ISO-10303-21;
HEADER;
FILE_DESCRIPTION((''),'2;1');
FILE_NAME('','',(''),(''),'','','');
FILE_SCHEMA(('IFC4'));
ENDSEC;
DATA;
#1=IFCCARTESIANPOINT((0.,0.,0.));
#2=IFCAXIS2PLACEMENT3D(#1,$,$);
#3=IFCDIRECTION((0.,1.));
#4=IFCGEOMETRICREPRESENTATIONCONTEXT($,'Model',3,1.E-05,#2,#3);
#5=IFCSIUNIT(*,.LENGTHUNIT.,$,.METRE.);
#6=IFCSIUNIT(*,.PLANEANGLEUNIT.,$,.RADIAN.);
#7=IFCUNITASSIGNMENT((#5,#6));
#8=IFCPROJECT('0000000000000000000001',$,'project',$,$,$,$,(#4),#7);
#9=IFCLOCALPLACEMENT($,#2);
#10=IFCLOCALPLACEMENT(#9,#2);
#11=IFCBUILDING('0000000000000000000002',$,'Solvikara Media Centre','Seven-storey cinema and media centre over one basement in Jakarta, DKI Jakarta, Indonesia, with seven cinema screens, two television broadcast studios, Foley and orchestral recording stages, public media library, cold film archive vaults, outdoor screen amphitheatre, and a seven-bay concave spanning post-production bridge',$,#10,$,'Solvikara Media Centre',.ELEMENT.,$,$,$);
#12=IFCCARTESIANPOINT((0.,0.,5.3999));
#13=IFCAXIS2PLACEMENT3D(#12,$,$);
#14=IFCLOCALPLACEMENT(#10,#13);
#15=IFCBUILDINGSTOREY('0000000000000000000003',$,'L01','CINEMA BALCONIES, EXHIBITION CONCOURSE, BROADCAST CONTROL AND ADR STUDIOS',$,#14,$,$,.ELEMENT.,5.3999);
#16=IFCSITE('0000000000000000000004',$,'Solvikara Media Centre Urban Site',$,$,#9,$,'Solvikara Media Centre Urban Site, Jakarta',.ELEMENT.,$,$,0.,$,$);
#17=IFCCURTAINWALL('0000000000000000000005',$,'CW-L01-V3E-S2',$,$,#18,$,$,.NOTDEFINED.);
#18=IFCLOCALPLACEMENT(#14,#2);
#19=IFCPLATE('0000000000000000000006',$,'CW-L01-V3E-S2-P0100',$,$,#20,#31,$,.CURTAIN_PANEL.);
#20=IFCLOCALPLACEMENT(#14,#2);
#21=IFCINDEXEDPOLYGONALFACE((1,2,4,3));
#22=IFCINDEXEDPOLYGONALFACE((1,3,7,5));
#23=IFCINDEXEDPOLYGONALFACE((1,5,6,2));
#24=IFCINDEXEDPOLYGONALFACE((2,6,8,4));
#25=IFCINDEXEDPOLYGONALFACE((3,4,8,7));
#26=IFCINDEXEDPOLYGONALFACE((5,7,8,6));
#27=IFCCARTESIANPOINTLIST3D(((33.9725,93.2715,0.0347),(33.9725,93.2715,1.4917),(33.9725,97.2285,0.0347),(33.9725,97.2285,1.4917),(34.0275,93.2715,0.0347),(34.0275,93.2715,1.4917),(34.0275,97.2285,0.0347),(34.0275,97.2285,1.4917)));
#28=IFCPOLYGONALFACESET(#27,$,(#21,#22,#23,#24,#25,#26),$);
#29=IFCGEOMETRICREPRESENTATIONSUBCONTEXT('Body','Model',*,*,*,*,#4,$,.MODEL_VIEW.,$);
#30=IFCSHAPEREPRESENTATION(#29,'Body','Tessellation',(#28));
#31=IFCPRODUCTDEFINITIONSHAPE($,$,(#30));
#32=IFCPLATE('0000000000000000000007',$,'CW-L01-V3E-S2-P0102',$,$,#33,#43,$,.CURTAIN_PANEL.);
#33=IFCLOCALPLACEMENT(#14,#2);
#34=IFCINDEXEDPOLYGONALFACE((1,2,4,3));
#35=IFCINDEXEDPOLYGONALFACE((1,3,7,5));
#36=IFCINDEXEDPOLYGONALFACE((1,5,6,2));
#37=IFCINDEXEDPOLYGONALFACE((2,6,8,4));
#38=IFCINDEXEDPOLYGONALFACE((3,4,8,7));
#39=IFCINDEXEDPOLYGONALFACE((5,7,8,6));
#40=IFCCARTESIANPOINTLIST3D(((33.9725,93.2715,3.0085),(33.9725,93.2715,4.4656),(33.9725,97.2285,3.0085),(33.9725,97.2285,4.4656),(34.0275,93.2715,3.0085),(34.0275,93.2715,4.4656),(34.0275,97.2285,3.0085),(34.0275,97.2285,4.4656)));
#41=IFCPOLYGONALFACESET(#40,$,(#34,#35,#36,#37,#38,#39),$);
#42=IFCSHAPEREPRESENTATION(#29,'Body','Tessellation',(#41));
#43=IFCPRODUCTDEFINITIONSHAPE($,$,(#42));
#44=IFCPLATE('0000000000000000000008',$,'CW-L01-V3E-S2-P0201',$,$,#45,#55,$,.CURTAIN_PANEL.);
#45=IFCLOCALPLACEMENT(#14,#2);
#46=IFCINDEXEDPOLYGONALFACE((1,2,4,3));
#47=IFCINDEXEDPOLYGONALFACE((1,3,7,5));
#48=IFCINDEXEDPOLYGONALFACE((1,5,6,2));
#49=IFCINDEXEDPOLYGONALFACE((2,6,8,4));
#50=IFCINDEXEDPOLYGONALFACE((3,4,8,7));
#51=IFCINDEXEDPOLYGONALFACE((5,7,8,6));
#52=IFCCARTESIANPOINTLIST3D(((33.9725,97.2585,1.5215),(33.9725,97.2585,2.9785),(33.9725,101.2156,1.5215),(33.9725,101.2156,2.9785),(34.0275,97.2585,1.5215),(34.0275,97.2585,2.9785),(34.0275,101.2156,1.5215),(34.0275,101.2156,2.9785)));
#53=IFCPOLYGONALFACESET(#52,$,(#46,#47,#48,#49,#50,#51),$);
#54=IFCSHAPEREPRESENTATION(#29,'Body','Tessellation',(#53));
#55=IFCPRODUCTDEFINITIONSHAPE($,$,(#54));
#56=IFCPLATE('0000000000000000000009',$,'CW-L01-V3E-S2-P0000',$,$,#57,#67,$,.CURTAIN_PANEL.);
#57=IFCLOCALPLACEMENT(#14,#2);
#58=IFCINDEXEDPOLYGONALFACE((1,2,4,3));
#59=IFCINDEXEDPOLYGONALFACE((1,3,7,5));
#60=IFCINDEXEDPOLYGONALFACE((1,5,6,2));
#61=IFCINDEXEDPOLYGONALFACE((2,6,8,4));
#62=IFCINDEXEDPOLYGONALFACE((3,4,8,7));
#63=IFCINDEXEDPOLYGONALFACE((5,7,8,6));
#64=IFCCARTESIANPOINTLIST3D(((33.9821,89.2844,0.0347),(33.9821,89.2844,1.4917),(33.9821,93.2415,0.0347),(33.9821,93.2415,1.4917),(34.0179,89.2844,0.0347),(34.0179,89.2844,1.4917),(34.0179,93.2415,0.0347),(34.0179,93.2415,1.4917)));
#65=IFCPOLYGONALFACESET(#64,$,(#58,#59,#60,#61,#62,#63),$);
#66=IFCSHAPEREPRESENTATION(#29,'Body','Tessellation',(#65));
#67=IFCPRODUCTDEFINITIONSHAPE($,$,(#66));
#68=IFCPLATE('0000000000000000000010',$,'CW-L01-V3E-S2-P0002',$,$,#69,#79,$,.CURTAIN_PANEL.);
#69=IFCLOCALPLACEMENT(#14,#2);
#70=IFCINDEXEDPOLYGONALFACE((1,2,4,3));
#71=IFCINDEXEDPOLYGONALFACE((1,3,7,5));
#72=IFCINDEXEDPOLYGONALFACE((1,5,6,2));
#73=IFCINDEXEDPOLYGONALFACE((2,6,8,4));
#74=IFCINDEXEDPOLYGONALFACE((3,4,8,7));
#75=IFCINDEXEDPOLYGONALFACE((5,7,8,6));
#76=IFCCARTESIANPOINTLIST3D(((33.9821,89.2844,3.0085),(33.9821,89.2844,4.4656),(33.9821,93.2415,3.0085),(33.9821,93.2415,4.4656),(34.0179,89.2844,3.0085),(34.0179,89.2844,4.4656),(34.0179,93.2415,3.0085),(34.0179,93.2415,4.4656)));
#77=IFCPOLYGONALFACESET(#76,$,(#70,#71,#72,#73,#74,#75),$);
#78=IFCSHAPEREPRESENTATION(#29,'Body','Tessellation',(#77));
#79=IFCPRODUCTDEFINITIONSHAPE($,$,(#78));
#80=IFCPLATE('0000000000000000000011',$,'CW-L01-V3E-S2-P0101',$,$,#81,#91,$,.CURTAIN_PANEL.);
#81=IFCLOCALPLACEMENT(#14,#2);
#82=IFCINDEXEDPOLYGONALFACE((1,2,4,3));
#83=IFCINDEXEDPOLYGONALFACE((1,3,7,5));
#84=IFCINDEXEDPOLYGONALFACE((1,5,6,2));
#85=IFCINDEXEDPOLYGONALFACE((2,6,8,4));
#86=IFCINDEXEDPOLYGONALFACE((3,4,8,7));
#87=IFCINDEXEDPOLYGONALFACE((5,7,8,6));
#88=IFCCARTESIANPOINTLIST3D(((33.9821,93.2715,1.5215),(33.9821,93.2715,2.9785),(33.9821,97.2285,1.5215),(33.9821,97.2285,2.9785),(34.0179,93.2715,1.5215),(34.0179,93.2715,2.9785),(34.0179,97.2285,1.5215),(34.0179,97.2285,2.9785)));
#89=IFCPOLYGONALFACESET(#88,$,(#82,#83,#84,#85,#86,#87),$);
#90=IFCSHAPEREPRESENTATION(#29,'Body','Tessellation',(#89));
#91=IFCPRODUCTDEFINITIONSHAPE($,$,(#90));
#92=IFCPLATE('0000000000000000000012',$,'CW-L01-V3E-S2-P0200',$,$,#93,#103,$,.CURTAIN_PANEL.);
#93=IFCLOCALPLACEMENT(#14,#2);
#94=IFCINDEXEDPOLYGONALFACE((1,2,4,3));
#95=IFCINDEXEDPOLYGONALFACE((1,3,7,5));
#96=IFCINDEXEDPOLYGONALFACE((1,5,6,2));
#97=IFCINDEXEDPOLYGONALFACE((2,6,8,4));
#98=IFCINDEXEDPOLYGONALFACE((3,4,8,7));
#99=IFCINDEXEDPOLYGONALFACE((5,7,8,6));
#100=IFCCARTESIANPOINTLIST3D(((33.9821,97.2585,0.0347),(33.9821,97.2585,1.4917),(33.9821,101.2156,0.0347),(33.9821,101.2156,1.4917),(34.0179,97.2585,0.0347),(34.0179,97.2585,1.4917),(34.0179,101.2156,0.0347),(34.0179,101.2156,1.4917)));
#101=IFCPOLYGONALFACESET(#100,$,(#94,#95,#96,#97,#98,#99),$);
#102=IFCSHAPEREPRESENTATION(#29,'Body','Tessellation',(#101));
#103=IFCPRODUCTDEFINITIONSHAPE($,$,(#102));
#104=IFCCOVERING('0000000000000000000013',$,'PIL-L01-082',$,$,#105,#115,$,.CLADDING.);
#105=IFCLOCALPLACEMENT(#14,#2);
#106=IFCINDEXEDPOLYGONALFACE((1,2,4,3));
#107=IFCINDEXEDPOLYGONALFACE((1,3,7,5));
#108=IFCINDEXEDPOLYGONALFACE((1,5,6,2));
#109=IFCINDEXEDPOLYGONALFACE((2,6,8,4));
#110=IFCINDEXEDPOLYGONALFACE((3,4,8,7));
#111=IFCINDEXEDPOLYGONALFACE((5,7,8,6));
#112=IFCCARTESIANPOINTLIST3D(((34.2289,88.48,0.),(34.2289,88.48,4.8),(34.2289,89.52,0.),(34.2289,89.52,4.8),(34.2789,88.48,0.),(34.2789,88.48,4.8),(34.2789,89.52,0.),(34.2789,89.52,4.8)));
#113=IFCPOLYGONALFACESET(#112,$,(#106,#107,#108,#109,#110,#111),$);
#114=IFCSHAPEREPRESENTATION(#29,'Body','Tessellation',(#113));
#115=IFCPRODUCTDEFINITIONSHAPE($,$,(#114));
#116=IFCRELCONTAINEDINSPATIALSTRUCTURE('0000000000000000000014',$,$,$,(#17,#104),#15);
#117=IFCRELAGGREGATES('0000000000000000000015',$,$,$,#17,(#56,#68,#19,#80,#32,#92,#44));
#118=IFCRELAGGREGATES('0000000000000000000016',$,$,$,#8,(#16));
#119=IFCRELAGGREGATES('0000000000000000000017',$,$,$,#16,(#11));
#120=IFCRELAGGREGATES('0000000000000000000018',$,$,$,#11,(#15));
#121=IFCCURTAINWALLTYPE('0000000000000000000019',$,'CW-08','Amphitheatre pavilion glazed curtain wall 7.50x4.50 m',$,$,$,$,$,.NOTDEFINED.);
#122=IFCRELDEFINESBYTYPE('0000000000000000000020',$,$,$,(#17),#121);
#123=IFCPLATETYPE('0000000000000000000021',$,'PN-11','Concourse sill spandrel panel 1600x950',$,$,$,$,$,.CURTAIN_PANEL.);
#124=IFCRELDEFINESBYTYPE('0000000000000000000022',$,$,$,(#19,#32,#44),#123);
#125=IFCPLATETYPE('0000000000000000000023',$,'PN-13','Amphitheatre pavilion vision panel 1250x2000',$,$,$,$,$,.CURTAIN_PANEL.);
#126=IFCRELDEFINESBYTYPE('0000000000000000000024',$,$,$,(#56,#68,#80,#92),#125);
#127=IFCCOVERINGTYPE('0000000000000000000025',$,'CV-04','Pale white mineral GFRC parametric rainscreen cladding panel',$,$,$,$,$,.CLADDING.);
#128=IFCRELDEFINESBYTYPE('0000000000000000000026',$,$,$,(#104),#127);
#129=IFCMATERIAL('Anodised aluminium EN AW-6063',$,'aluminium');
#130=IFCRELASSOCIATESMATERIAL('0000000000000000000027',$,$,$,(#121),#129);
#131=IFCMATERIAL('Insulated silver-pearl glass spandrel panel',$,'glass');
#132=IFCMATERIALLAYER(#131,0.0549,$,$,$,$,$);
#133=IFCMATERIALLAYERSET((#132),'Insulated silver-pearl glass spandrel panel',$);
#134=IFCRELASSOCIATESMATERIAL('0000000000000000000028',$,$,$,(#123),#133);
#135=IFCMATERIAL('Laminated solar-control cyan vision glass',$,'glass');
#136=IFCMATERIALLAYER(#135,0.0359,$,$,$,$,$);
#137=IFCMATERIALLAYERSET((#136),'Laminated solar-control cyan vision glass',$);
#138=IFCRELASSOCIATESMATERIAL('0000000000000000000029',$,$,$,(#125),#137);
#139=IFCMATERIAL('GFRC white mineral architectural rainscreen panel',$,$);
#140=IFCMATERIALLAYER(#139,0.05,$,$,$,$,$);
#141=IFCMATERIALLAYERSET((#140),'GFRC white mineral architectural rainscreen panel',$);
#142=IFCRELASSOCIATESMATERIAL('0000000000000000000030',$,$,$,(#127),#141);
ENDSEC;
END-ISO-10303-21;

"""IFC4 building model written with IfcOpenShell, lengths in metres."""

from ifc_helpers import new_model, si_unit, direction, frame, origin, origin_2d, place, context, subcontext, project, spatial, rectangle, extrude, material, layer, layer_set, type_object, element, aggregate, save


model = new_model("IFC4")

# Units and contexts
model_context = context("Model", 3, precision=1e-05, world=origin(), true_north=direction((0.0, 1.0)))
body_context = subcontext(model_context, "Body", "Model", "MODEL_VIEW")
ifc_project = project(units=[si_unit("LENGTHUNIT", "METRE"), si_unit("PLANEANGLEUNIT", "RADIAN")], contexts=[model_context])

# Site, building, storey
site_placement = place(None, origin())
site = spatial("IfcSite", under=ifc_project, at=site_placement, Name="Solvikara Media Centre Urban Site", LongName="Solvikara Media Centre Urban Site, Jakarta", CompositionType="ELEMENT", RefElevation=0.0)
building_placement = place(site_placement, origin())
building = spatial("IfcBuilding", under=site, at=building_placement, Name="Solvikara Media Centre", Description="Seven-storey cinema and media centre over one basement in Jakarta, DKI Jakarta, Indonesia, with seven cinema screens, two television broadcast studios, Foley and orchestral recording stages, public media library, cold film archive vaults, outdoor screen amphitheatre, and a seven-bay concave spanning post-production bridge", LongName="Solvikara Media Centre", CompositionType="ELEMENT")
storey_placement = place(building_placement, frame((0.0, 0.0, 5.3999)))
storey = spatial("IfcBuildingStorey", under=building, at=storey_placement, Name="L01", Description="CINEMA BALCONIES, EXHIBITION CONCOURSE, BROADCAST CONTROL AND ADR STUDIOS", CompositionType="ELEMENT", Elevation=5.3999)

# Curtain wall, plates
ifc_material_1 = material(Name="Anodised aluminium EN AW-6063", Category="aluminium")
curtain_wall_type = type_object("IfcCurtainWallType", Name="CW-08", Description="Amphitheatre pavilion glazed curtain wall 7.50x4.50 m", PredefinedType="NOTDEFINED", material=ifc_material_1)
curtain_wall_placement = place(storey_placement, origin())
curtain_wall = element("IfcCurtainWall", 1, at=curtain_wall_placement, inside=storey, type_object=curtain_wall_type, Name="CW-L01-V3E-S2", PredefinedType="NOTDEFINED")
ifc_material_2 = material(Name="Insulated silver-pearl glass spandrel panel", Category="glass")
ifc_layer_1 = layer(ifc_material_2, 0.0549)
ifc_layer_set_1 = layer_set([ifc_layer_1], Name="Insulated silver-pearl glass spandrel panel")
plate_type_1 = type_object("IfcPlateType", Name="PN-11", Description="Concourse sill spandrel panel 1600x950", PredefinedType="CURTAIN_PANEL", material=ifc_layer_set_1)
plate_1_placement = place(storey_placement, frame((34.0, 95.25, 0.0347), z_axis=(0.0, 0.0, 1.0), x_axis=(0.0, 1.0, 0.0)))
plate_1 = element("IfcPlate", 2, at=plate_1_placement, type_object=plate_type_1, Name="CW-L01-V3E-S2-P0100", PredefinedType="CURTAIN_PANEL", context=body_context, shape_type="SweptSolid", body=[
    extrude(rectangle(XDim=3.957, YDim=0.0549, at=origin_2d()), origin(), (0.0, 0.0, 1.0), 1.457),
])
plate_2_placement = place(storey_placement, frame((34.0, 95.25, 3.0085), z_axis=(0.0, 0.0, 1.0), x_axis=(0.0, 1.0, 0.0)))
plate_2 = element("IfcPlate", 3, at=plate_2_placement, type_object=plate_type_1, Name="CW-L01-V3E-S2-P0102", PredefinedType="CURTAIN_PANEL", context=body_context, shape_type="SweptSolid", body=[
    extrude(rectangle(XDim=3.957, YDim=0.0549, at=origin_2d()), origin(), (0.0, 0.0, 1.0), 1.457),
])
plate_3_placement = place(storey_placement, frame((34.0, 99.2371, 1.5215), z_axis=(0.0, 0.0, 1.0), x_axis=(0.0, 1.0, 0.0)))
plate_3 = element("IfcPlate", 4, at=plate_3_placement, type_object=plate_type_1, Name="CW-L01-V3E-S2-P0201", PredefinedType="CURTAIN_PANEL", context=body_context, shape_type="SweptSolid", body=[
    extrude(rectangle(XDim=3.957, YDim=0.0549, at=origin_2d()), origin(), (0.0, 0.0, 1.0), 1.457),
])
ifc_material_3 = material(Name="Laminated solar-control cyan vision glass", Category="glass")
ifc_layer_2 = layer(ifc_material_3, 0.0359)
ifc_layer_set_2 = layer_set([ifc_layer_2], Name="Laminated solar-control cyan vision glass")
plate_type_2 = type_object("IfcPlateType", Name="PN-13", Description="Amphitheatre pavilion vision panel 1250x2000", PredefinedType="CURTAIN_PANEL", material=ifc_layer_set_2)
plate_4_placement = place(storey_placement, frame((34.0, 91.2629, 0.0347), z_axis=(0.0, 0.0, 1.0), x_axis=(0.0, 1.0, 0.0)))
plate_4 = element("IfcPlate", 5, at=plate_4_placement, type_object=plate_type_2, Name="CW-L01-V3E-S2-P0000", PredefinedType="CURTAIN_PANEL", context=body_context, shape_type="SweptSolid", body=[
    extrude(rectangle(XDim=3.957, YDim=0.0359, at=origin_2d()), origin(), (0.0, 0.0, 1.0), 1.457),
])
plate_5_placement = place(storey_placement, frame((34.0, 91.2629, 3.0085), z_axis=(0.0, 0.0, 1.0), x_axis=(0.0, 1.0, 0.0)))
plate_5 = element("IfcPlate", 6, at=plate_5_placement, type_object=plate_type_2, Name="CW-L01-V3E-S2-P0002", PredefinedType="CURTAIN_PANEL", context=body_context, shape_type="SweptSolid", body=[
    extrude(rectangle(XDim=3.957, YDim=0.0359, at=origin_2d()), origin(), (0.0, 0.0, 1.0), 1.457),
])
plate_6_placement = place(storey_placement, frame((34.0, 95.25, 1.5215), z_axis=(0.0, 0.0, 1.0), x_axis=(0.0, 1.0, 0.0)))
plate_6 = element("IfcPlate", 7, at=plate_6_placement, type_object=plate_type_2, Name="CW-L01-V3E-S2-P0101", PredefinedType="CURTAIN_PANEL", context=body_context, shape_type="SweptSolid", body=[
    extrude(rectangle(XDim=3.957, YDim=0.0359, at=origin_2d()), origin(), (0.0, 0.0, 1.0), 1.457),
])
plate_7_placement = place(storey_placement, frame((34.0, 99.2371, 0.0347), z_axis=(0.0, 0.0, 1.0), x_axis=(0.0, 1.0, 0.0)))
plate_7 = element("IfcPlate", 8, at=plate_7_placement, type_object=plate_type_2, Name="CW-L01-V3E-S2-P0200", PredefinedType="CURTAIN_PANEL", context=body_context, shape_type="SweptSolid", body=[
    extrude(rectangle(XDim=3.957, YDim=0.0359, at=origin_2d()), origin(), (0.0, 0.0, 1.0), 1.457),
])
aggregate(curtain_wall, [plate_4, plate_5, plate_1, plate_6, plate_2, plate_7, plate_3])

# Covering
ifc_material_4 = material(Name="GFRC white mineral architectural rainscreen panel")
ifc_layer_3 = layer(ifc_material_4, 0.05)
ifc_layer_set_3 = layer_set([ifc_layer_3], Name="GFRC white mineral architectural rainscreen panel")
covering_type = type_object("IfcCoveringType", Name="CV-04", Description="Pale white mineral GFRC parametric rainscreen cladding panel", PredefinedType="CLADDING", material=ifc_layer_set_3)
covering_placement = place(storey_placement, frame((34.2539, 89.0, 0.0), z_axis=(0.0, 0.0, 1.0), x_axis=(0.0, 1.0, 0.0)))
element("IfcCovering", 9, at=covering_placement, inside=storey, type_object=covering_type, Name="PIL-L01-082", PredefinedType="CLADDING", context=body_context, shape_type="SweptSolid", body=[
    extrude(rectangle(XDim=1.04, YDim=0.05, at=origin_2d()), origin(), (0.0, 0.0, 1.0), 4.8),
])

save(model, "model.ifc")
